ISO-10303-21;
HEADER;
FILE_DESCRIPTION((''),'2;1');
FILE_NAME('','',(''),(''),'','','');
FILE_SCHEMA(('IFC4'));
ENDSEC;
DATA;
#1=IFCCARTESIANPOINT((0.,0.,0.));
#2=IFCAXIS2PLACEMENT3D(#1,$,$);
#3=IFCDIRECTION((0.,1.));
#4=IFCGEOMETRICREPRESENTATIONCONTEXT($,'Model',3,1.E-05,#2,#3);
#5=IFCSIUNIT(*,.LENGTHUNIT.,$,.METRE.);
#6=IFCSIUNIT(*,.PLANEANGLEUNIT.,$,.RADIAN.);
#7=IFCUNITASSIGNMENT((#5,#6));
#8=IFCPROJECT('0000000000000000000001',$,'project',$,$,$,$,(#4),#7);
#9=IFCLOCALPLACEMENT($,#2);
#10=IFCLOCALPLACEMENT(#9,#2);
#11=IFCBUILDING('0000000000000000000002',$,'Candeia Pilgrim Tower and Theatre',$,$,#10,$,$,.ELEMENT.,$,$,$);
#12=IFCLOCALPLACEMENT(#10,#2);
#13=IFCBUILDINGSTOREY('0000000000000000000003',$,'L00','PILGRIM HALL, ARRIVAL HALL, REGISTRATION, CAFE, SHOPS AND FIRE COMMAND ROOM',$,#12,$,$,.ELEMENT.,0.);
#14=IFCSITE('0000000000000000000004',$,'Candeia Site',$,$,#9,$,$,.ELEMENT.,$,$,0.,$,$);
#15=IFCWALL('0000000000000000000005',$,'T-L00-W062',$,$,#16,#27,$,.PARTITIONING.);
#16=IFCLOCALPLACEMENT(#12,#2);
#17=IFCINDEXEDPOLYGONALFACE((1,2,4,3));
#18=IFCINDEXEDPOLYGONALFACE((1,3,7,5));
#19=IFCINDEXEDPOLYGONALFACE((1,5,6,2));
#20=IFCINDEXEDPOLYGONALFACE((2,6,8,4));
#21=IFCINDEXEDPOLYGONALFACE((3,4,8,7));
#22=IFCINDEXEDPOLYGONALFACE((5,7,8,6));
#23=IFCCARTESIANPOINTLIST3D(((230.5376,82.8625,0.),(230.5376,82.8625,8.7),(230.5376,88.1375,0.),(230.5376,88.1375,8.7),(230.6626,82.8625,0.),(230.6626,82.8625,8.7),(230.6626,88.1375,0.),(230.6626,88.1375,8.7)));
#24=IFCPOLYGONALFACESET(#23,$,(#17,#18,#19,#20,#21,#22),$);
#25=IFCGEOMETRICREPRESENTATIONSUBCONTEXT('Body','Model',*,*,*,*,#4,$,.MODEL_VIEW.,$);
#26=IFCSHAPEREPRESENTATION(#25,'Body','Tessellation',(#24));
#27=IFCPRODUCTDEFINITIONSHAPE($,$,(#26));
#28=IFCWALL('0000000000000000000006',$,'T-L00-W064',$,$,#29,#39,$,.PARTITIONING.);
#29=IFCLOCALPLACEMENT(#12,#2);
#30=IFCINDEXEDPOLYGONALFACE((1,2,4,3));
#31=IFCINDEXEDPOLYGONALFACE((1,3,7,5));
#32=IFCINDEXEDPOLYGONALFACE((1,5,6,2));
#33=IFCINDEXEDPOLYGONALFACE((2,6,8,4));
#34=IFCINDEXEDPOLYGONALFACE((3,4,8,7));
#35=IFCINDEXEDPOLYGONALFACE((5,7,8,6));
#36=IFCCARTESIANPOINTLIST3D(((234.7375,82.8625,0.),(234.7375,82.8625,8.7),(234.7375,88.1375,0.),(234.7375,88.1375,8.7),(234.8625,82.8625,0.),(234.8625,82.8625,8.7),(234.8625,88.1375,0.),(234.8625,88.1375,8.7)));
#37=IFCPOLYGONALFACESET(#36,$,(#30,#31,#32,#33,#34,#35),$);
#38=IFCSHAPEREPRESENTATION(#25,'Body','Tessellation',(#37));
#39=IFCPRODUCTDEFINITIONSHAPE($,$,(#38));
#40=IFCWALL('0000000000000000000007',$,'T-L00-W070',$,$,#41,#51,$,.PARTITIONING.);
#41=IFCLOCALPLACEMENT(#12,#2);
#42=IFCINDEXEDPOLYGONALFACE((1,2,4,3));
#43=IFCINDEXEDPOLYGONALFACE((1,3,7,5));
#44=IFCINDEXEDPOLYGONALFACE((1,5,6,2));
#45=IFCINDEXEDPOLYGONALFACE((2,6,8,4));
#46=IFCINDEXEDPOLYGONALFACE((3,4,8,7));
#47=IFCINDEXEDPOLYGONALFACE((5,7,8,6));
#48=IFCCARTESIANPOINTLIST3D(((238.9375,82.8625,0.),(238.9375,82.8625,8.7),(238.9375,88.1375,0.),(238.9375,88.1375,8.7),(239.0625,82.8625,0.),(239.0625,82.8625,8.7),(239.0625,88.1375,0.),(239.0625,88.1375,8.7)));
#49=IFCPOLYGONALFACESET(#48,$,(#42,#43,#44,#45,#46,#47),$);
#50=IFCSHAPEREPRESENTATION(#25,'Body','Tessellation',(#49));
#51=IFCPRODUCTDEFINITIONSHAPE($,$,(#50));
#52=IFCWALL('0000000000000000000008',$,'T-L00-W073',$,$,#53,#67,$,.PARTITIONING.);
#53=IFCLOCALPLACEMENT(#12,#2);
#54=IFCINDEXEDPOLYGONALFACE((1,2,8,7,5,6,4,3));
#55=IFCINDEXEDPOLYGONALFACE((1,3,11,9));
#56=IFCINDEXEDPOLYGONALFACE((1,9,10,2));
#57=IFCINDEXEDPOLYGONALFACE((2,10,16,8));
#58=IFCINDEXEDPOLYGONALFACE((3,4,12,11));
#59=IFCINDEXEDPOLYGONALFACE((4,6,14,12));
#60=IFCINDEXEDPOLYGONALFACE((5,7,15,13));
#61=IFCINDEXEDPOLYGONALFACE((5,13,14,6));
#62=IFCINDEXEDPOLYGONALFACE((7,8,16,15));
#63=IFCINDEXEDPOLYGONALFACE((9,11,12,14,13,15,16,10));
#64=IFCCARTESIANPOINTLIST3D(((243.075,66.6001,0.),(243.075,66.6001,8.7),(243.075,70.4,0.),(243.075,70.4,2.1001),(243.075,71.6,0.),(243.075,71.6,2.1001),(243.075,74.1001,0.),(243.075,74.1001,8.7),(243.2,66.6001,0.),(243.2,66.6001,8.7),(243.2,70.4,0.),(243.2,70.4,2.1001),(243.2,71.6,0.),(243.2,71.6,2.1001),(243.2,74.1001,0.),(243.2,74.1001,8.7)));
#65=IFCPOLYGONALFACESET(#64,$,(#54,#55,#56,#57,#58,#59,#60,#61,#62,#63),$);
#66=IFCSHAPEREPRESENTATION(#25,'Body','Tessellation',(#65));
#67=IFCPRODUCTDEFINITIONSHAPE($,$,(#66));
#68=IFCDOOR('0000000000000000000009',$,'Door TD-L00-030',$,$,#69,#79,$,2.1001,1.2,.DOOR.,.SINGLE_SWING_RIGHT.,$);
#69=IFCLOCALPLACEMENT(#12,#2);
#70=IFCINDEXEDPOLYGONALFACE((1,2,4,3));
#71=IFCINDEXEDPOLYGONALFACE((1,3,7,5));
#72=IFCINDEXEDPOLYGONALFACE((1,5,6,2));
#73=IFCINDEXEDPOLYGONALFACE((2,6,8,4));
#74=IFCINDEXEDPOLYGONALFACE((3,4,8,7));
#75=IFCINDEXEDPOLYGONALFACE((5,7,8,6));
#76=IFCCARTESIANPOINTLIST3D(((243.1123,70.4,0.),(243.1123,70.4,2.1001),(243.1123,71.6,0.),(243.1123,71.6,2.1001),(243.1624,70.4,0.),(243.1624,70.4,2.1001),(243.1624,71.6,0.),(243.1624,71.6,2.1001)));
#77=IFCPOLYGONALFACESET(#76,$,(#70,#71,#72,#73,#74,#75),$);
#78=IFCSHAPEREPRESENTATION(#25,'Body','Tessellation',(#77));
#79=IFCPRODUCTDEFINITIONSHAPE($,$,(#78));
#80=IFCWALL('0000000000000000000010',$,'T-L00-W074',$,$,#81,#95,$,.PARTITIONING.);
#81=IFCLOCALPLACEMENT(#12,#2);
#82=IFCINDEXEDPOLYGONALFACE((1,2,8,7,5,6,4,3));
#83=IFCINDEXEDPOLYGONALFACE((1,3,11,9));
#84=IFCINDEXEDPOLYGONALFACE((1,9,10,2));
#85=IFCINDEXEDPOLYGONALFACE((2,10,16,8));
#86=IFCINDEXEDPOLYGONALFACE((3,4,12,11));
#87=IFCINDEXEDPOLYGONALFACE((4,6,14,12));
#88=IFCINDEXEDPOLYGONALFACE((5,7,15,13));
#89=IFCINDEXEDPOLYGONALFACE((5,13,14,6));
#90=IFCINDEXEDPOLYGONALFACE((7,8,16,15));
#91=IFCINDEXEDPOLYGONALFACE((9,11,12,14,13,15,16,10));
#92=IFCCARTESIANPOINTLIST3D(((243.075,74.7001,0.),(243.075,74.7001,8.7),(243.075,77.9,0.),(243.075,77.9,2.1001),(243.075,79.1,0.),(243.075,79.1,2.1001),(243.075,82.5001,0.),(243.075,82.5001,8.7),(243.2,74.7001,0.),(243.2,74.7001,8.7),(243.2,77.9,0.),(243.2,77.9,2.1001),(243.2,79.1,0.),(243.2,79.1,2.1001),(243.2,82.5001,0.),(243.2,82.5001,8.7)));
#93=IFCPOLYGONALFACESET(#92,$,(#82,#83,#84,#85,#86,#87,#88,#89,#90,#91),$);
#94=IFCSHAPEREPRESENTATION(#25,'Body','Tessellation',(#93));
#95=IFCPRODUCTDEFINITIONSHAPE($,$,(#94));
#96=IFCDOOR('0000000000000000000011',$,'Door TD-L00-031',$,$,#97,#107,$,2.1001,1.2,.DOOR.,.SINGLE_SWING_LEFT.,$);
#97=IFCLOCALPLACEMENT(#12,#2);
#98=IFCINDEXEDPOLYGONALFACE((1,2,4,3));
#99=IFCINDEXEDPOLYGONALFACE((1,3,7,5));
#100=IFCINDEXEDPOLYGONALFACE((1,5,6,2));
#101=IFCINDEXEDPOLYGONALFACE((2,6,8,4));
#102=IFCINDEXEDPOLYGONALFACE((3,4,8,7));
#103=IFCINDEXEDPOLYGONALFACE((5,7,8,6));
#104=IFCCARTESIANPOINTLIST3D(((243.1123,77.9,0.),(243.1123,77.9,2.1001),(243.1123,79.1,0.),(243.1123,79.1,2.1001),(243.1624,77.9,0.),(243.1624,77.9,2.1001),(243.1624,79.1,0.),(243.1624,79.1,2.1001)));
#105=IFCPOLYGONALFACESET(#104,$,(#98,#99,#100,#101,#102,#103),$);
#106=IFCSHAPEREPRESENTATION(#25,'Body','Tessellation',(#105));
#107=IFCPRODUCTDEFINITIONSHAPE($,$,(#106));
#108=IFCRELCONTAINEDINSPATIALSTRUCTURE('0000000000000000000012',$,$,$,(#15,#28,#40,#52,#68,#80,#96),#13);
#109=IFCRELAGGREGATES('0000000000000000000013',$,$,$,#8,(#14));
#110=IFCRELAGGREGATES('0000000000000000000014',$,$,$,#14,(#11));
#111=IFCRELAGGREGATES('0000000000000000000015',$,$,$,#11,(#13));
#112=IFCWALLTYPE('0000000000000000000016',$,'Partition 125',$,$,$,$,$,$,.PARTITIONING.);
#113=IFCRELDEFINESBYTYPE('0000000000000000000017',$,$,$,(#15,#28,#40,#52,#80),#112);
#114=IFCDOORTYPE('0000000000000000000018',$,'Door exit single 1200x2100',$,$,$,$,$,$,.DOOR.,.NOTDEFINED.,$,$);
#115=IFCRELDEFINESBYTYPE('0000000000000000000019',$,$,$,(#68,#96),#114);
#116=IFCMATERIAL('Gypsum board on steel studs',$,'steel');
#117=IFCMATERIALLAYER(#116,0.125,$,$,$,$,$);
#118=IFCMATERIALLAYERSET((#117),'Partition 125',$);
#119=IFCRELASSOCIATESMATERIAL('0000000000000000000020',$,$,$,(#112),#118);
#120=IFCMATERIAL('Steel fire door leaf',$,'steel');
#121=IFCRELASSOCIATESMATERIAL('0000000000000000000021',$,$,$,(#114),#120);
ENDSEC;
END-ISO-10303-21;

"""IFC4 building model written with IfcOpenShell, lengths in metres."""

from ifc_helpers import new_model, si_unit, direction, frame, frame_2d, origin, place, context, subcontext, project, spatial, rectangle, extrude, material, layer, layer_set, type_object, element, fill, save


model = new_model("IFC4")

# Units and contexts
model_context = context("Model", 3, precision=1e-05, world=origin(), true_north=direction((0.0, 1.0)))
body_context = subcontext(model_context, "Body", "Model", "MODEL_VIEW")
ifc_project = project(units=[si_unit("LENGTHUNIT", "METRE"), si_unit("PLANEANGLEUNIT", "RADIAN")], contexts=[model_context])

# Site, building, storey
site_placement = place(None, origin())
site = spatial("IfcSite", under=ifc_project, at=site_placement, Name="Candeia Site", CompositionType="ELEMENT", RefElevation=0.0)
building_placement = place(site_placement, origin())
building = spatial("IfcBuilding", under=site, at=building_placement, Name="Candeia Pilgrim Tower and Theatre", CompositionType="ELEMENT")
storey_placement = place(building_placement, origin())
storey = spatial("IfcBuildingStorey", under=building, at=storey_placement, Name="L00", Description="PILGRIM HALL, ARRIVAL HALL, REGISTRATION, CAFE, SHOPS AND FIRE COMMAND ROOM", CompositionType="ELEMENT", Elevation=0.0)

# Walls
ifc_material_1 = material(Name="Gypsum board on steel studs", Category="steel")
ifc_layer = layer(ifc_material_1, 0.125)
ifc_layer_set = layer_set([ifc_layer], Name="Partition 125")
wall_type = type_object("IfcWallType", Name="Partition 125", PredefinedType="PARTITIONING", material=ifc_layer_set)
for number, where, z_axis, x_axis, name in (
    (1, (230.6001, 82.8625, 0.0), (0.0, 0.0, 1.0), (0.0, 1.0, 0.0), "T-L00-W062"),
    (2, (234.8, 82.8625, 0.0), (0.0, 0.0, 1.0), (0.0, 1.0, 0.0), "T-L00-W064"),
    (3, (239.0, 82.8625, 0.0), (0.0, 0.0, 1.0), (0.0, 1.0, 0.0), "T-L00-W070"),
):
    element("IfcWall", number, at=place(storey_placement, frame(where, z_axis=z_axis, x_axis=x_axis)), inside=storey, type_object=wall_type, Name=name, PredefinedType="PARTITIONING", context=body_context, shape_type="SweptSolid", body=[
        extrude(rectangle(XDim=5.2749, YDim=0.125, at=frame_2d((2.6375, 0.0))), origin(), (0.0, 0.0, 1.0), 8.7),
    ])

# Walls, openings, doors
wall_1_placement = place(storey_placement, frame((243.1375, 74.1001, 0.0), z_axis=(0.0, 0.0, 1.0), x_axis=(0.0, -1.0, 0.0)))
wall_1 = element("IfcWall", 4, at=wall_1_placement, inside=storey, type_object=wall_type, Name="T-L00-W073", PredefinedType="PARTITIONING", context=body_context, shape_type="SweptSolid", body=[
    extrude(rectangle(XDim=7.5, YDim=0.125, at=frame_2d((3.75, 0.0))), origin(), (0.0, 0.0, 1.0), 8.7),
])
opening_1_placement = place(wall_1_placement, frame((2.5, 0.0, 0.0)))
opening_1 = element("IfcOpeningElement", 5, at=opening_1_placement, cuts=wall_1, PredefinedType="OPENING", context=body_context, shape_type="SweptSolid", body=[
    extrude(rectangle(XDim=1.2, YDim=2.1001, at=frame_2d((0.6001, 1.05))), frame((0.0, 0.0725, 0.0), z_axis=(0.0, -1.0, 0.0), x_axis=(1.0, 0.0, 0.0)), (0.0, 0.0, 1.0), 0.145),
])
ifc_material_2 = material(Name="Steel fire door leaf", Category="steel")
door_type = type_object("IfcDoorType", Name="Door exit single 1200x2100", OperationType="NOTDEFINED", PredefinedType="DOOR", material=ifc_material_2)
door_1_placement = place(opening_1_placement, origin())
door_1 = element("IfcDoor", 6, at=door_1_placement, inside=storey, type_object=door_type, Name="Door TD-L00-030", OperationType="SINGLE_SWING_RIGHT", OverallHeight=2.1001, OverallWidth=1.2, PredefinedType="DOOR", context=body_context, shape_type="SweptSolid", body=[
    extrude(rectangle(XDim=1.2, YDim=2.1001, at=frame_2d((0.6001, 1.05))), frame((0.0, 0.0249, 0.0), z_axis=(0.0, -1.0, 0.0), x_axis=(1.0, 0.0, 0.0)), (0.0, 0.0, 1.0), 0.05),
])
fill(opening_1, door_1)
wall_2_placement = place(storey_placement, frame((243.1375, 82.5, 0.0), z_axis=(0.0, 0.0, 1.0), x_axis=(0.0, -1.0, 0.0)))
wall_2 = element("IfcWall", 7, at=wall_2_placement, inside=storey, type_object=wall_type, Name="T-L00-W074", PredefinedType="PARTITIONING", context=body_context, shape_type="SweptSolid", body=[
    extrude(rectangle(XDim=7.8, YDim=0.125, at=frame_2d((3.8999, 0.0))), origin(), (0.0, 0.0, 1.0), 8.7),
])
opening_2_placement = place(wall_2_placement, frame((3.3999, 0.0, 0.0)))
opening_2 = element("IfcOpeningElement", 8, at=opening_2_placement, cuts=wall_2, PredefinedType="OPENING", context=body_context, shape_type="SweptSolid", body=[
    extrude(rectangle(XDim=1.2, YDim=2.1001, at=frame_2d((0.6001, 1.05))), frame((0.0, 0.0725, 0.0), z_axis=(0.0, -1.0, 0.0), x_axis=(1.0, 0.0, 0.0)), (0.0, 0.0, 1.0), 0.145),
])
door_2_placement = place(opening_2_placement, origin())
door_2 = element("IfcDoor", 9, at=door_2_placement, inside=storey, type_object=door_type, Name="Door TD-L00-031", OperationType="SINGLE_SWING_LEFT", OverallHeight=2.1001, OverallWidth=1.2, PredefinedType="DOOR", context=body_context, shape_type="SweptSolid", body=[
    extrude(rectangle(XDim=1.2, YDim=2.1001, at=frame_2d((0.6001, 1.05))), frame((0.0, 0.0249, 0.0), z_axis=(0.0, -1.0, 0.0), x_axis=(1.0, 0.0, 0.0)), (0.0, 0.0, 1.0), 0.05),
])
fill(opening_2, door_2)

save(model, "model.ifc")
